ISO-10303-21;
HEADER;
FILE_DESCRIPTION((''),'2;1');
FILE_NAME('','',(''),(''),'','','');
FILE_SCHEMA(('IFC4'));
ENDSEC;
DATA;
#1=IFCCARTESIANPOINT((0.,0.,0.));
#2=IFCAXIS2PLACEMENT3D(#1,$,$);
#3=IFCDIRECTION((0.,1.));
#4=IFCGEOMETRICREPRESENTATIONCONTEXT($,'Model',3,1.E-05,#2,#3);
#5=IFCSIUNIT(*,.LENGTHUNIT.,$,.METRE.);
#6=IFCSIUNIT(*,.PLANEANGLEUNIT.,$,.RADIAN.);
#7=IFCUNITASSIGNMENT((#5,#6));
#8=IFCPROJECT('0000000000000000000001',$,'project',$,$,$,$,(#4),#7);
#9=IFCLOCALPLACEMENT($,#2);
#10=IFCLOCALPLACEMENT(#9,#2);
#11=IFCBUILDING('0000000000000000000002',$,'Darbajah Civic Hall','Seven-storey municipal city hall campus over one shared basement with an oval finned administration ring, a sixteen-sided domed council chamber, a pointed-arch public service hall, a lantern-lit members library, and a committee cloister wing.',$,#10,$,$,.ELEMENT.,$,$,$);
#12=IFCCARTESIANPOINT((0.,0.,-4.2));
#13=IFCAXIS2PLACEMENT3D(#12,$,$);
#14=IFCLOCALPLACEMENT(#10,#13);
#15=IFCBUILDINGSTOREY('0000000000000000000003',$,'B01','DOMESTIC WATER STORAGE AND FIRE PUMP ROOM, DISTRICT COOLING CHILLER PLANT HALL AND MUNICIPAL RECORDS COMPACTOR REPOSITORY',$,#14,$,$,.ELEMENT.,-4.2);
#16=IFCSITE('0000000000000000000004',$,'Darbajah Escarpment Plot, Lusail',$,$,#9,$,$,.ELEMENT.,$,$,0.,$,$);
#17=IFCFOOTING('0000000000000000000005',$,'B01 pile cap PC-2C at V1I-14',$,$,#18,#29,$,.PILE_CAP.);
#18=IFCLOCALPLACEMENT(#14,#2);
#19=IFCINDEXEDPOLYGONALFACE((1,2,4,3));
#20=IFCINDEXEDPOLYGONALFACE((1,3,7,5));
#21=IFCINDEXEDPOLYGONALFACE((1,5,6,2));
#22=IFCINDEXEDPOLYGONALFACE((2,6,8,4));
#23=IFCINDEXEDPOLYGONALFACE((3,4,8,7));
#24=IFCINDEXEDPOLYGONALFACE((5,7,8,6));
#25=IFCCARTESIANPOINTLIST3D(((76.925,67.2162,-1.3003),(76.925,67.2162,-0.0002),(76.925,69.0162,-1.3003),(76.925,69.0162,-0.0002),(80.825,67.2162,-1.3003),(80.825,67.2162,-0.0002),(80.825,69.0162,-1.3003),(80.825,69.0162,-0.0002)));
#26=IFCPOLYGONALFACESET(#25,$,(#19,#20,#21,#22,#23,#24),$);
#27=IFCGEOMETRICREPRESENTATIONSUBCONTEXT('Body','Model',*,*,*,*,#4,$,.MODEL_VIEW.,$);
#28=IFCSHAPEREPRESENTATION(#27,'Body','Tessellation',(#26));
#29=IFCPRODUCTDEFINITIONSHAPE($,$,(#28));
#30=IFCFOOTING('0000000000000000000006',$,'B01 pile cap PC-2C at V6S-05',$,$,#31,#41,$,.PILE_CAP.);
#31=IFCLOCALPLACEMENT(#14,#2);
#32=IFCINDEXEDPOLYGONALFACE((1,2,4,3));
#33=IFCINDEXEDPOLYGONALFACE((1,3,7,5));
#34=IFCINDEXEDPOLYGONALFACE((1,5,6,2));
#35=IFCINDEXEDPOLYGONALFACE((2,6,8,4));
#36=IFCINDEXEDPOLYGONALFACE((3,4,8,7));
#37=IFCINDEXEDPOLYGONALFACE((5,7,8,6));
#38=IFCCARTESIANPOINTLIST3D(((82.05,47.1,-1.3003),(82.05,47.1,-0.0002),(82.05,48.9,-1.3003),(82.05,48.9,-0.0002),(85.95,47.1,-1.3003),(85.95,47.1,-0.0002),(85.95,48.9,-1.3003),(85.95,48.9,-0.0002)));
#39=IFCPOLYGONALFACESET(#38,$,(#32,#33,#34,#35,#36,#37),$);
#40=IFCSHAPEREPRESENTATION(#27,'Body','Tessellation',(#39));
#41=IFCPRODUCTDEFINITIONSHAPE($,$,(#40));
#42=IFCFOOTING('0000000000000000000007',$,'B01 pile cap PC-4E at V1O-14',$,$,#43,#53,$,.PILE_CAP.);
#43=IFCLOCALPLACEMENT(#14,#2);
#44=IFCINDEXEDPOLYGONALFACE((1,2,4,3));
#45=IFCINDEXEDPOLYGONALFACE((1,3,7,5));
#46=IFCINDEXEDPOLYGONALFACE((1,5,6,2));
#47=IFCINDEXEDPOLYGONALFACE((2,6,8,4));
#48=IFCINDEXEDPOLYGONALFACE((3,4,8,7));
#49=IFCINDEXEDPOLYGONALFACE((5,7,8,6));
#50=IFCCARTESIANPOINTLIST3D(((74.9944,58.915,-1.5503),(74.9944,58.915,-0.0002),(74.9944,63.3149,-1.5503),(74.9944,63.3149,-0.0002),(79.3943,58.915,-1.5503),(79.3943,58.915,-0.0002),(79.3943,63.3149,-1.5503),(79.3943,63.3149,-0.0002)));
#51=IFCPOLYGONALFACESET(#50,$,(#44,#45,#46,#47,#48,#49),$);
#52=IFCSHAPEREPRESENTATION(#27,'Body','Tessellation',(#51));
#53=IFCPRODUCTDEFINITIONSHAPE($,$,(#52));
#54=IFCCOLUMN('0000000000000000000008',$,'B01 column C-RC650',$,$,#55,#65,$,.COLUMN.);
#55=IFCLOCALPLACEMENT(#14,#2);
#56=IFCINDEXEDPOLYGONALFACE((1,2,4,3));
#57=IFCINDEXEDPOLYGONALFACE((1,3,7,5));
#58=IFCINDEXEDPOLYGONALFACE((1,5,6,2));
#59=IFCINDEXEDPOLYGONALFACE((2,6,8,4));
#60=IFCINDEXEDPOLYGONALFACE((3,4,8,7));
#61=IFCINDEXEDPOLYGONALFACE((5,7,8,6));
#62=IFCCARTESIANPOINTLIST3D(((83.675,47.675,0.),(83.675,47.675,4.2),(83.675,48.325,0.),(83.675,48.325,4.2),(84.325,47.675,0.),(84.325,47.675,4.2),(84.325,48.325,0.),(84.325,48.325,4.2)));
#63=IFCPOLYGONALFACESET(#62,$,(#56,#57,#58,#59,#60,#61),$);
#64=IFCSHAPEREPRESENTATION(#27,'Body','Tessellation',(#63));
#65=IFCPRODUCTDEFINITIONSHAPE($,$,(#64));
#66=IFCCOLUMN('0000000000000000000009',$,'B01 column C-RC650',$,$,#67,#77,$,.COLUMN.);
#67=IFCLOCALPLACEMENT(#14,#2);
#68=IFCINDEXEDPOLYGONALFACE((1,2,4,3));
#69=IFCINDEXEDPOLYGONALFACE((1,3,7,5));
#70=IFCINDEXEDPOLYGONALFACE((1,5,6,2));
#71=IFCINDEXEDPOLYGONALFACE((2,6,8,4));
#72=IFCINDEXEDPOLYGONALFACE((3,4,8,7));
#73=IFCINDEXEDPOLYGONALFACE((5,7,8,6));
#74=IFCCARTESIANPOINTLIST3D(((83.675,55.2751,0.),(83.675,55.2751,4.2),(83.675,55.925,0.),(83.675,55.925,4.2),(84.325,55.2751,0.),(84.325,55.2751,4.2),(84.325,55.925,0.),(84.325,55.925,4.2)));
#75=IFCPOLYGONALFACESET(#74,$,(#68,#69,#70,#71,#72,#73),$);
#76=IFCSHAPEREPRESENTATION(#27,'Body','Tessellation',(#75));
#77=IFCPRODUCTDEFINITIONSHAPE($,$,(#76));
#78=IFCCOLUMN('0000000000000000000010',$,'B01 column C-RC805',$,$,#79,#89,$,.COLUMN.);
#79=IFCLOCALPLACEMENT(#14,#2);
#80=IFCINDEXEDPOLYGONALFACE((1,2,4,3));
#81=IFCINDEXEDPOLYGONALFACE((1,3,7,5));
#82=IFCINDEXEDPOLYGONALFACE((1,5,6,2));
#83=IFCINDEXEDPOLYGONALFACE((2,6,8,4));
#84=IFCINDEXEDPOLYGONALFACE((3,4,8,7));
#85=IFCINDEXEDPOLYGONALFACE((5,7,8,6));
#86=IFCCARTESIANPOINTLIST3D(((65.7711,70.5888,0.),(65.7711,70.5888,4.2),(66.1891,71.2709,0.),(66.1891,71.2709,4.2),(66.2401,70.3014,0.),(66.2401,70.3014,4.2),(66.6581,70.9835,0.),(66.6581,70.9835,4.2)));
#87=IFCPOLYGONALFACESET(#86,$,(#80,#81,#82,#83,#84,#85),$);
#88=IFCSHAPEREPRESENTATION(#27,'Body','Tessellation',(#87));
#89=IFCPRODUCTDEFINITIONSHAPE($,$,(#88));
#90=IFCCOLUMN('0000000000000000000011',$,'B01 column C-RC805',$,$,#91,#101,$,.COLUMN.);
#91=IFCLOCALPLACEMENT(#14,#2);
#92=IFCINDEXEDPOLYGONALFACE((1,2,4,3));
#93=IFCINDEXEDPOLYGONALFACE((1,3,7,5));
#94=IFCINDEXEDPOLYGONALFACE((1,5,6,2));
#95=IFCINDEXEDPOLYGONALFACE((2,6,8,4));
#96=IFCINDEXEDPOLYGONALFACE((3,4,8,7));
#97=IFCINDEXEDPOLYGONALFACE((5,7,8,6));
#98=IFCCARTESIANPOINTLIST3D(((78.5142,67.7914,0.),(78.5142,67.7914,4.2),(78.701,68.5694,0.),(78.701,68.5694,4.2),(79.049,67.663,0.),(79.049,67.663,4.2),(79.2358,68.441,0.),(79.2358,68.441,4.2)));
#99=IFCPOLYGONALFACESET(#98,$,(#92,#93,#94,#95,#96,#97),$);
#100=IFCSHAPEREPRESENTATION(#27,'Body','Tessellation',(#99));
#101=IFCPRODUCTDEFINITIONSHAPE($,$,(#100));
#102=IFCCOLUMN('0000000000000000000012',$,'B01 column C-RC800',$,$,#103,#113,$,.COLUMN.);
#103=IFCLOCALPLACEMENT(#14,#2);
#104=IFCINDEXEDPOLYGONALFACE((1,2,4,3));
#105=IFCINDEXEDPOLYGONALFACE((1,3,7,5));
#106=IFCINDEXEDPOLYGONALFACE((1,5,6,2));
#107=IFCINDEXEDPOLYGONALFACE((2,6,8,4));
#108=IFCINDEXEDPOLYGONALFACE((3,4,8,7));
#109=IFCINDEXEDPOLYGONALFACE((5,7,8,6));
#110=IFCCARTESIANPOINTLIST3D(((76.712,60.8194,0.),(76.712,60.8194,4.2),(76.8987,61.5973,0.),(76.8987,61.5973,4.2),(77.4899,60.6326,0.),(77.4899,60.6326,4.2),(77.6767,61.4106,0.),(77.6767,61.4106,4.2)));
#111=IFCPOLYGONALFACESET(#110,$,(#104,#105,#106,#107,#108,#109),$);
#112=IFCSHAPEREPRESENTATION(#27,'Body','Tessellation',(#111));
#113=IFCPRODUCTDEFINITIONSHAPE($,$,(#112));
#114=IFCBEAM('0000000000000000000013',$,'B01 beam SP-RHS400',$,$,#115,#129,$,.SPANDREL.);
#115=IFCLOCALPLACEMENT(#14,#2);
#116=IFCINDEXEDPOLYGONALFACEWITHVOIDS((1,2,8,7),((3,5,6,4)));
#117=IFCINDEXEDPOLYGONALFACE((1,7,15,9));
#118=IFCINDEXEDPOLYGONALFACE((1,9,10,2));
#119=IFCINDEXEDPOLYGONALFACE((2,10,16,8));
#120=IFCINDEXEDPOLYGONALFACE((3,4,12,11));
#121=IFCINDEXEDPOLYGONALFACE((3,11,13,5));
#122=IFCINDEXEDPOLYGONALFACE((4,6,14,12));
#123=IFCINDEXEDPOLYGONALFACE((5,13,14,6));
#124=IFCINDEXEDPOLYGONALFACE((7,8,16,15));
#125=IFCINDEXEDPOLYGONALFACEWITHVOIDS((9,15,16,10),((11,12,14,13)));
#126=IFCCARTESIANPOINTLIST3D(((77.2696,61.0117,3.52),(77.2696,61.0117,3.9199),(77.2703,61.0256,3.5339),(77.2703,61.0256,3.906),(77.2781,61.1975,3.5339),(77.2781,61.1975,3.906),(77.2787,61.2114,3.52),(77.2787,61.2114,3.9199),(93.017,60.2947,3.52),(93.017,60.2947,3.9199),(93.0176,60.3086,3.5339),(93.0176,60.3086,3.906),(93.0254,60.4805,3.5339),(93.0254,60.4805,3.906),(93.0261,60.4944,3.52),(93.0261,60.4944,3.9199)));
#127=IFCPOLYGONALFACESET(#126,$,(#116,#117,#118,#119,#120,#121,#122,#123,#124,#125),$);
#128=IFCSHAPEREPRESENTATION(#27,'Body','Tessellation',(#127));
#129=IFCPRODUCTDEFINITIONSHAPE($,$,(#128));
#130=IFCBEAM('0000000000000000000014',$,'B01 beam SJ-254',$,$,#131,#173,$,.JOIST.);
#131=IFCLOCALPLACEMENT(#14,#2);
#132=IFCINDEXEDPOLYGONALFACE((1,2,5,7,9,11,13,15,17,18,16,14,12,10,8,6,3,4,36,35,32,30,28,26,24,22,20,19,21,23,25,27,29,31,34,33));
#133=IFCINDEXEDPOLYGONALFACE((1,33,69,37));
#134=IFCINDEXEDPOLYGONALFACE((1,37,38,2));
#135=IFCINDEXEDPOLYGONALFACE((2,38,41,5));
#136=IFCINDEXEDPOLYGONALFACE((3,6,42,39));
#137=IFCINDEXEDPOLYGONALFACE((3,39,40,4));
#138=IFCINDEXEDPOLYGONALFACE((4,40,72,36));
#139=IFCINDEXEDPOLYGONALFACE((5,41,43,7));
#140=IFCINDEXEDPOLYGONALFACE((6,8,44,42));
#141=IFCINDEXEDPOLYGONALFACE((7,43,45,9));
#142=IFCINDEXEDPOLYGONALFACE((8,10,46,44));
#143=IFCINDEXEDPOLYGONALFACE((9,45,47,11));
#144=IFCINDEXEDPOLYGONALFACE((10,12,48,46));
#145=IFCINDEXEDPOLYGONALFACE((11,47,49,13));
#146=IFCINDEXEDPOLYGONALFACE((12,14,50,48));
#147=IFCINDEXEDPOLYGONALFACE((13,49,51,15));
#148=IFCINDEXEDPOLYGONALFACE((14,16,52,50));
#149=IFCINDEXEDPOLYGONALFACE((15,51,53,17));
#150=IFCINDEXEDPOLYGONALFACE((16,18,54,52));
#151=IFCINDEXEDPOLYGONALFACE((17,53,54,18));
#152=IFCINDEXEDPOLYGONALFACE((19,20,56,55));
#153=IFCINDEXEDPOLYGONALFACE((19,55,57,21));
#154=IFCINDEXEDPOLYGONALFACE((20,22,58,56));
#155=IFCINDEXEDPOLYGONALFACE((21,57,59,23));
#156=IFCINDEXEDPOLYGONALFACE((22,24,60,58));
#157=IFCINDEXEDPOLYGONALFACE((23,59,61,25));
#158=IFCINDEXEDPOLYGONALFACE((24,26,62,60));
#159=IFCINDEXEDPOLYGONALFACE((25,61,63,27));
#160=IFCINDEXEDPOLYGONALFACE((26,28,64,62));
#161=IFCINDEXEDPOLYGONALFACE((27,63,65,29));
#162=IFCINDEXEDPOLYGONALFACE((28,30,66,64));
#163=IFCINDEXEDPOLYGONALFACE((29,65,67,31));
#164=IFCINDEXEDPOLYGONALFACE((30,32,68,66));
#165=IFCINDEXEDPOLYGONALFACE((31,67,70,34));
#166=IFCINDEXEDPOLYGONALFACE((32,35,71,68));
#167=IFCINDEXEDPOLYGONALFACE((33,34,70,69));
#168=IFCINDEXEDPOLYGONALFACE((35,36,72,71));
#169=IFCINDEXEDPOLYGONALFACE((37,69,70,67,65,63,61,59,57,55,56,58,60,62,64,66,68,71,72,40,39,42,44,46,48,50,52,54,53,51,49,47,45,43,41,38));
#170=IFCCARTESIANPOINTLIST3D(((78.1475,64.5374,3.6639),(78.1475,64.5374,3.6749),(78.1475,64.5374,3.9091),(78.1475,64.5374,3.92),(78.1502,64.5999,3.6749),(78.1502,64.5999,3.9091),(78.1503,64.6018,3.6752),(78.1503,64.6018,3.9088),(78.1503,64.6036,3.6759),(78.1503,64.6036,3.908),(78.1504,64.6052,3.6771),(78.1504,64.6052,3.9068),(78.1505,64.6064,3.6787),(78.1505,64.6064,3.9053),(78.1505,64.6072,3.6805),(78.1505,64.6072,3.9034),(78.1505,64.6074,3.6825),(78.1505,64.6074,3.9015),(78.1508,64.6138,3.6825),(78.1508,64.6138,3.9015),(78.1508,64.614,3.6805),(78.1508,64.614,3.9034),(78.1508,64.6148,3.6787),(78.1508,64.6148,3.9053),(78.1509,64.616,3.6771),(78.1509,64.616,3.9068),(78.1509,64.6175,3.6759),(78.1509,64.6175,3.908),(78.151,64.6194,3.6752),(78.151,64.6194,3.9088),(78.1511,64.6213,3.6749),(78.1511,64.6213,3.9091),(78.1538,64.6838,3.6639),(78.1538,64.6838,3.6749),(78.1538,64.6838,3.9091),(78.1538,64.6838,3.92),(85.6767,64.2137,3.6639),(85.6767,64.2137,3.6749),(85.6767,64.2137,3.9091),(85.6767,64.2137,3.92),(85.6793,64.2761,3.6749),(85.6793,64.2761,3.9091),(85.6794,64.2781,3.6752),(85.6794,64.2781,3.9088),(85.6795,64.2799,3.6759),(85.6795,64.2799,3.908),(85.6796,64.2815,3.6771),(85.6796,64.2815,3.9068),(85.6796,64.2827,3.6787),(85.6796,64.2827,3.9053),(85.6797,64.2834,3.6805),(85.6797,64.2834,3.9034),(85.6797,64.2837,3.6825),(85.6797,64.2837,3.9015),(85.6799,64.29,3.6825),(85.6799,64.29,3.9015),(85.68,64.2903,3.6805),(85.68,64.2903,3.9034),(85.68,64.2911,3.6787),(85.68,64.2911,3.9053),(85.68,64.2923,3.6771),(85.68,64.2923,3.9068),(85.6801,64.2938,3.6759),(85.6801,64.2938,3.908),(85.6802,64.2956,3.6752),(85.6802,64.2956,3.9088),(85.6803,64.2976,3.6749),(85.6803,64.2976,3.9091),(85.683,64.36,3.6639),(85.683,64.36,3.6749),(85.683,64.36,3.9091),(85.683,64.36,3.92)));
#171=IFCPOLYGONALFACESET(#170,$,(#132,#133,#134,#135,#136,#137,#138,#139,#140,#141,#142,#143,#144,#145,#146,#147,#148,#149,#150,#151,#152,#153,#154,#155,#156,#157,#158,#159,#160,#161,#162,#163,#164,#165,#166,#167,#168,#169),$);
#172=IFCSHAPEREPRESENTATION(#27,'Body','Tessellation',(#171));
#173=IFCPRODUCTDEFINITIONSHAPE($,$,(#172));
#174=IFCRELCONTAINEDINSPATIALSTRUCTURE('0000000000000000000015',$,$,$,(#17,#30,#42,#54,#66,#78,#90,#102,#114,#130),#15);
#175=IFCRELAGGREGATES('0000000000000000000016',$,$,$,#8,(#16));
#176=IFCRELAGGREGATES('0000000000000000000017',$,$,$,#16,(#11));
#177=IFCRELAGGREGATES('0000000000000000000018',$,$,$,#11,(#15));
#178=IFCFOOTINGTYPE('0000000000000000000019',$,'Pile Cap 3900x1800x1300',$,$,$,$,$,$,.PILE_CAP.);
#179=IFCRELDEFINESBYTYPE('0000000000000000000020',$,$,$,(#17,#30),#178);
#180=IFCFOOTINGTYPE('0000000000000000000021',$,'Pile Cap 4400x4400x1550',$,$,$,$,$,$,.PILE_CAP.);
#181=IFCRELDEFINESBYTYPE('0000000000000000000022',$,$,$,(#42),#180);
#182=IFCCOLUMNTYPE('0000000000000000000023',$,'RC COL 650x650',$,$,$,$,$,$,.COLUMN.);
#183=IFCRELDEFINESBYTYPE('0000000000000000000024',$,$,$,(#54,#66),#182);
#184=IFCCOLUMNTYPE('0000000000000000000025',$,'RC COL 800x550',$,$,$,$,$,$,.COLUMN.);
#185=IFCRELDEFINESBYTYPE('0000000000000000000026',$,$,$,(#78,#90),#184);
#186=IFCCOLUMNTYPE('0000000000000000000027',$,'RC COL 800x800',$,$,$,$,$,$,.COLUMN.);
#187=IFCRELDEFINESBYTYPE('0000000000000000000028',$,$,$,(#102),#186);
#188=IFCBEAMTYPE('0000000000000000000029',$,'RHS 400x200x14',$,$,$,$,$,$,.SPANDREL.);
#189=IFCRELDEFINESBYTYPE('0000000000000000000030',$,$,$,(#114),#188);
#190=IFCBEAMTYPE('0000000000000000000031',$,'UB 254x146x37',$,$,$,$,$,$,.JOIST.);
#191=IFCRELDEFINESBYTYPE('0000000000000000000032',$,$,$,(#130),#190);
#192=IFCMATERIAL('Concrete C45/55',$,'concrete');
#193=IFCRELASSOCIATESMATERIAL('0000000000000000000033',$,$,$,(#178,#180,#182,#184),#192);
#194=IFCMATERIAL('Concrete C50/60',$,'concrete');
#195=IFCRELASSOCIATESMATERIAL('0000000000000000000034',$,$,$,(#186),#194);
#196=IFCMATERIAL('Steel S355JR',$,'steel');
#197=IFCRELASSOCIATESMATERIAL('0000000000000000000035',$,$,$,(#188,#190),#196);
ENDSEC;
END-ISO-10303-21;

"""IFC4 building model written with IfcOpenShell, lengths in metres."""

from ifc_helpers import new_model, si_unit, direction, frame, origin, origin_2d, place, context, subcontext, project, spatial, rectangle, hollow_rectangle, i_section, extrude, material, material_profile, profile_set, type_object, element, save


model = new_model("IFC4")

# Units and contexts
model_context = context("Model", 3, precision=1e-05, world=origin(), true_north=direction((0.0, 1.0)))
body_context = subcontext(model_context, "Body", "Model", "MODEL_VIEW")
ifc_project = project(units=[si_unit("LENGTHUNIT", "METRE"), si_unit("PLANEANGLEUNIT", "RADIAN")], contexts=[model_context])

# Site, building, storey
site_placement = place(None, origin())
site = spatial("IfcSite", under=ifc_project, at=site_placement, Name="Darbajah Escarpment Plot, Lusail", CompositionType="ELEMENT", RefElevation=0.0)
building_placement = place(site_placement, origin())
building = spatial("IfcBuilding", under=site, at=building_placement, Name="Darbajah Civic Hall", Description="Seven-storey municipal city hall campus over one shared basement with an oval finned administration ring, a sixteen-sided domed council chamber, a pointed-arch public service hall, a lantern-lit members library, and a committee cloister wing.", CompositionType="ELEMENT")
storey_placement = place(building_placement, frame((0.0, 0.0, -4.2)))
storey = spatial("IfcBuildingStorey", under=building, at=storey_placement, Name="B01", Description="DOMESTIC WATER STORAGE AND FIRE PUMP ROOM, DISTRICT COOLING CHILLER PLANT HALL AND MUNICIPAL RECORDS COMPACTOR REPOSITORY", CompositionType="ELEMENT", Elevation=-4.2)

# Shared definitions
ifc_material_1 = material(Name="Concrete C45/55", Category="concrete")

# Footings
footing_type_1 = type_object("IfcFootingType", Name="Pile Cap 3900x1800x1300", PredefinedType="PILE_CAP", material=ifc_material_1)
for number, where, z_axis, x_axis, name in (
    (1, (78.875, 68.1162, -1.3003), (0.0, 0.0, 1.0), (1.0, 0.0, 0.0), "B01 pile cap PC-2C at V1I-14"),
    (2, (84.0, 48.0, -1.3003), (0.0, 0.0, 1.0), (1.0, 0.0, 0.0), "B01 pile cap PC-2C at V6S-05"),
):
    element("IfcFooting", number, at=place(storey_placement, frame(where, z_axis=z_axis, x_axis=x_axis)), inside=storey, type_object=footing_type_1, Name=name, PredefinedType="PILE_CAP", context=body_context, shape_type="SweptSolid", body=[
        extrude(rectangle(XDim=3.8999, YDim=1.8, at=origin_2d()), origin(), (0.0, 0.0, 1.0), 1.3),
    ])
footing_type_2 = type_object("IfcFootingType", Name="Pile Cap 4400x4400x1550", PredefinedType="PILE_CAP", material=ifc_material_1)
footing_1_placement = place(storey_placement, frame((77.1943, 61.115, -1.5503), z_axis=(0.0, 0.0, 1.0), x_axis=(1.0, 0.0, 0.0)))
element("IfcFooting", 3, at=footing_1_placement, inside=storey, type_object=footing_type_2, Name="B01 pile cap PC-4E at V1O-14", PredefinedType="PILE_CAP", context=body_context, shape_type="SweptSolid", body=[
    extrude(rectangle(XDim=4.3999, YDim=4.3999, at=origin_2d()), origin(), (0.0, 0.0, 1.0), 1.55),
])

# Columns
ifc_material_profile_1 = material_profile(ifc_material_1, rectangle(XDim=0.6499, YDim=0.6499, at=origin_2d()), Name="RC COL 650x650")
ifc_profile_set_1 = profile_set([ifc_material_profile_1], Name="Concrete C45/55")
column_type_1 = type_object("IfcColumnType", Name="RC COL 650x650", PredefinedType="COLUMN", material=ifc_profile_set_1)
for number, where, z_axis, x_axis, name in (
    (4, (84.0, 48.0, 0.0), (0.0, 0.0, 1.0), (1.0, 0.0, 0.0), "B01 column C-RC650"),
    (5, (84.0, 55.6001, 0.0), (0.0, 0.0, 1.0), (1.0, 0.0, 0.0), "B01 column C-RC650"),
):
    element("IfcColumn", number, at=place(storey_placement, frame(where, z_axis=z_axis, x_axis=x_axis)), inside=storey, type_object=column_type_1, Name=name, PredefinedType="COLUMN", context=body_context, shape_type="SweptSolid", body=[
        extrude(rectangle(XDim=0.6499, YDim=0.6499, at=origin_2d()), origin(), (0.0, 0.0, 1.0), 4.2),
    ])
ifc_material_profile_2 = material_profile(ifc_material_1, rectangle(XDim=0.8, YDim=0.55, at=origin_2d()), Name="RC COL 800x550")
ifc_profile_set_2 = profile_set([ifc_material_profile_2], Name="Concrete C45/55")
column_type_2 = type_object("IfcColumnType", Name="RC COL 800x550", PredefinedType="COLUMN", material=ifc_profile_set_2)
for number, where, z_axis, x_axis, name in (
    (6, (66.2146, 70.7861, 0.0), (0.0, 0.0, 1.0), (-0.522499, -0.85264, 0.0), "B01 column C-RC805"),
    (7, (78.875, 68.1162, 0.0), (0.0, 0.0, 1.0), (-0.233445, -0.97237, 0.0), "B01 column C-RC805"),
):
    element("IfcColumn", number, at=place(storey_placement, frame(where, z_axis=z_axis, x_axis=x_axis)), inside=storey, type_object=column_type_2, Name=name, PredefinedType="COLUMN", context=body_context, shape_type="SweptSolid", body=[
        extrude(rectangle(XDim=0.8, YDim=0.55, at=origin_2d()), origin(), (0.0, 0.0, 1.0), 4.2),
    ])
ifc_material_2 = material(Name="Concrete C50/60", Category="concrete")
ifc_material_profile_3 = material_profile(ifc_material_2, rectangle(XDim=0.8, YDim=0.8, at=origin_2d()), Name="RC COL 800x800")
ifc_profile_set_3 = profile_set([ifc_material_profile_3], Name="Concrete C50/60")
column_type_3 = type_object("IfcColumnType", Name="RC COL 800x800", PredefinedType="COLUMN", material=ifc_profile_set_3)
column_placement = place(storey_placement, frame((77.1943, 61.115, 0.0), z_axis=(0.0, 0.0, 1.0), x_axis=(-0.233445, -0.97237, 0.0)))
element("IfcColumn", 8, at=column_placement, inside=storey, type_object=column_type_3, Name="B01 column C-RC800", PredefinedType="COLUMN", context=body_context, shape_type="SweptSolid", body=[
    extrude(rectangle(XDim=0.8, YDim=0.8, at=origin_2d()), origin(), (0.0, 0.0, 1.0), 4.2),
])

# Beams
ifc_material_3 = material(Name="Steel S355JR", Category="steel")
ifc_material_profile_4 = material_profile(ifc_material_3, hollow_rectangle(XDim=0.2, YDim=0.3999, WallThickness=0.0139, at=origin_2d()), Name="RHS 400x200x14")
ifc_profile_set_4 = profile_set([ifc_material_profile_4], Name="Steel S355JR")
beam_type_1 = type_object("IfcBeamType", Name="RHS 400x200x14", PredefinedType="SPANDREL", material=ifc_profile_set_4)
beam_1_placement = place(storey_placement, frame((77.2742, 61.1116, 3.72), z_axis=(0.998965, -0.045487, 0.0), x_axis=(0.045487, 0.998965, 0.0)))
element("IfcBeam", 9, at=beam_1_placement, inside=storey, type_object=beam_type_1, Name="B01 beam SP-RHS400", PredefinedType="SPANDREL", context=body_context, shape_type="SweptSolid", body=[
    extrude(hollow_rectangle(XDim=0.2, YDim=0.3999, WallThickness=0.0139, at=origin_2d()), origin(), (0.0, 0.0, 1.0), 15.7637),
])
ifc_material_profile_5 = material_profile(ifc_material_3, i_section(OverallWidth=0.1465, OverallDepth=0.2561, WebThickness=0.0063, FlangeThickness=0.011, FilletRadius=0.0076, at=origin_2d()), Name="UB 254x146x37")
ifc_profile_set_5 = profile_set([ifc_material_profile_5], Name="Steel S355JR")
beam_type_2 = type_object("IfcBeamType", Name="UB 254x146x37", PredefinedType="JOIST", material=ifc_profile_set_5)
beam_2_placement = place(storey_placement, frame((78.1506, 64.6106, 3.792), z_axis=(0.999077, -0.042956, 0.0), x_axis=(0.042956, 0.999077, 0.0)))
element("IfcBeam", 10, at=beam_2_placement, inside=storey, type_object=beam_type_2, Name="B01 beam SJ-254", PredefinedType="JOIST", context=body_context, shape_type="SweptSolid", body=[
    extrude(i_section(OverallWidth=0.1465, OverallDepth=0.2561, WebThickness=0.0063, FlangeThickness=0.011, FilletRadius=0.0076, at=origin_2d()), origin(), (0.0, 0.0, 1.0), 7.5361),
])

save(model, "model.ifc")
